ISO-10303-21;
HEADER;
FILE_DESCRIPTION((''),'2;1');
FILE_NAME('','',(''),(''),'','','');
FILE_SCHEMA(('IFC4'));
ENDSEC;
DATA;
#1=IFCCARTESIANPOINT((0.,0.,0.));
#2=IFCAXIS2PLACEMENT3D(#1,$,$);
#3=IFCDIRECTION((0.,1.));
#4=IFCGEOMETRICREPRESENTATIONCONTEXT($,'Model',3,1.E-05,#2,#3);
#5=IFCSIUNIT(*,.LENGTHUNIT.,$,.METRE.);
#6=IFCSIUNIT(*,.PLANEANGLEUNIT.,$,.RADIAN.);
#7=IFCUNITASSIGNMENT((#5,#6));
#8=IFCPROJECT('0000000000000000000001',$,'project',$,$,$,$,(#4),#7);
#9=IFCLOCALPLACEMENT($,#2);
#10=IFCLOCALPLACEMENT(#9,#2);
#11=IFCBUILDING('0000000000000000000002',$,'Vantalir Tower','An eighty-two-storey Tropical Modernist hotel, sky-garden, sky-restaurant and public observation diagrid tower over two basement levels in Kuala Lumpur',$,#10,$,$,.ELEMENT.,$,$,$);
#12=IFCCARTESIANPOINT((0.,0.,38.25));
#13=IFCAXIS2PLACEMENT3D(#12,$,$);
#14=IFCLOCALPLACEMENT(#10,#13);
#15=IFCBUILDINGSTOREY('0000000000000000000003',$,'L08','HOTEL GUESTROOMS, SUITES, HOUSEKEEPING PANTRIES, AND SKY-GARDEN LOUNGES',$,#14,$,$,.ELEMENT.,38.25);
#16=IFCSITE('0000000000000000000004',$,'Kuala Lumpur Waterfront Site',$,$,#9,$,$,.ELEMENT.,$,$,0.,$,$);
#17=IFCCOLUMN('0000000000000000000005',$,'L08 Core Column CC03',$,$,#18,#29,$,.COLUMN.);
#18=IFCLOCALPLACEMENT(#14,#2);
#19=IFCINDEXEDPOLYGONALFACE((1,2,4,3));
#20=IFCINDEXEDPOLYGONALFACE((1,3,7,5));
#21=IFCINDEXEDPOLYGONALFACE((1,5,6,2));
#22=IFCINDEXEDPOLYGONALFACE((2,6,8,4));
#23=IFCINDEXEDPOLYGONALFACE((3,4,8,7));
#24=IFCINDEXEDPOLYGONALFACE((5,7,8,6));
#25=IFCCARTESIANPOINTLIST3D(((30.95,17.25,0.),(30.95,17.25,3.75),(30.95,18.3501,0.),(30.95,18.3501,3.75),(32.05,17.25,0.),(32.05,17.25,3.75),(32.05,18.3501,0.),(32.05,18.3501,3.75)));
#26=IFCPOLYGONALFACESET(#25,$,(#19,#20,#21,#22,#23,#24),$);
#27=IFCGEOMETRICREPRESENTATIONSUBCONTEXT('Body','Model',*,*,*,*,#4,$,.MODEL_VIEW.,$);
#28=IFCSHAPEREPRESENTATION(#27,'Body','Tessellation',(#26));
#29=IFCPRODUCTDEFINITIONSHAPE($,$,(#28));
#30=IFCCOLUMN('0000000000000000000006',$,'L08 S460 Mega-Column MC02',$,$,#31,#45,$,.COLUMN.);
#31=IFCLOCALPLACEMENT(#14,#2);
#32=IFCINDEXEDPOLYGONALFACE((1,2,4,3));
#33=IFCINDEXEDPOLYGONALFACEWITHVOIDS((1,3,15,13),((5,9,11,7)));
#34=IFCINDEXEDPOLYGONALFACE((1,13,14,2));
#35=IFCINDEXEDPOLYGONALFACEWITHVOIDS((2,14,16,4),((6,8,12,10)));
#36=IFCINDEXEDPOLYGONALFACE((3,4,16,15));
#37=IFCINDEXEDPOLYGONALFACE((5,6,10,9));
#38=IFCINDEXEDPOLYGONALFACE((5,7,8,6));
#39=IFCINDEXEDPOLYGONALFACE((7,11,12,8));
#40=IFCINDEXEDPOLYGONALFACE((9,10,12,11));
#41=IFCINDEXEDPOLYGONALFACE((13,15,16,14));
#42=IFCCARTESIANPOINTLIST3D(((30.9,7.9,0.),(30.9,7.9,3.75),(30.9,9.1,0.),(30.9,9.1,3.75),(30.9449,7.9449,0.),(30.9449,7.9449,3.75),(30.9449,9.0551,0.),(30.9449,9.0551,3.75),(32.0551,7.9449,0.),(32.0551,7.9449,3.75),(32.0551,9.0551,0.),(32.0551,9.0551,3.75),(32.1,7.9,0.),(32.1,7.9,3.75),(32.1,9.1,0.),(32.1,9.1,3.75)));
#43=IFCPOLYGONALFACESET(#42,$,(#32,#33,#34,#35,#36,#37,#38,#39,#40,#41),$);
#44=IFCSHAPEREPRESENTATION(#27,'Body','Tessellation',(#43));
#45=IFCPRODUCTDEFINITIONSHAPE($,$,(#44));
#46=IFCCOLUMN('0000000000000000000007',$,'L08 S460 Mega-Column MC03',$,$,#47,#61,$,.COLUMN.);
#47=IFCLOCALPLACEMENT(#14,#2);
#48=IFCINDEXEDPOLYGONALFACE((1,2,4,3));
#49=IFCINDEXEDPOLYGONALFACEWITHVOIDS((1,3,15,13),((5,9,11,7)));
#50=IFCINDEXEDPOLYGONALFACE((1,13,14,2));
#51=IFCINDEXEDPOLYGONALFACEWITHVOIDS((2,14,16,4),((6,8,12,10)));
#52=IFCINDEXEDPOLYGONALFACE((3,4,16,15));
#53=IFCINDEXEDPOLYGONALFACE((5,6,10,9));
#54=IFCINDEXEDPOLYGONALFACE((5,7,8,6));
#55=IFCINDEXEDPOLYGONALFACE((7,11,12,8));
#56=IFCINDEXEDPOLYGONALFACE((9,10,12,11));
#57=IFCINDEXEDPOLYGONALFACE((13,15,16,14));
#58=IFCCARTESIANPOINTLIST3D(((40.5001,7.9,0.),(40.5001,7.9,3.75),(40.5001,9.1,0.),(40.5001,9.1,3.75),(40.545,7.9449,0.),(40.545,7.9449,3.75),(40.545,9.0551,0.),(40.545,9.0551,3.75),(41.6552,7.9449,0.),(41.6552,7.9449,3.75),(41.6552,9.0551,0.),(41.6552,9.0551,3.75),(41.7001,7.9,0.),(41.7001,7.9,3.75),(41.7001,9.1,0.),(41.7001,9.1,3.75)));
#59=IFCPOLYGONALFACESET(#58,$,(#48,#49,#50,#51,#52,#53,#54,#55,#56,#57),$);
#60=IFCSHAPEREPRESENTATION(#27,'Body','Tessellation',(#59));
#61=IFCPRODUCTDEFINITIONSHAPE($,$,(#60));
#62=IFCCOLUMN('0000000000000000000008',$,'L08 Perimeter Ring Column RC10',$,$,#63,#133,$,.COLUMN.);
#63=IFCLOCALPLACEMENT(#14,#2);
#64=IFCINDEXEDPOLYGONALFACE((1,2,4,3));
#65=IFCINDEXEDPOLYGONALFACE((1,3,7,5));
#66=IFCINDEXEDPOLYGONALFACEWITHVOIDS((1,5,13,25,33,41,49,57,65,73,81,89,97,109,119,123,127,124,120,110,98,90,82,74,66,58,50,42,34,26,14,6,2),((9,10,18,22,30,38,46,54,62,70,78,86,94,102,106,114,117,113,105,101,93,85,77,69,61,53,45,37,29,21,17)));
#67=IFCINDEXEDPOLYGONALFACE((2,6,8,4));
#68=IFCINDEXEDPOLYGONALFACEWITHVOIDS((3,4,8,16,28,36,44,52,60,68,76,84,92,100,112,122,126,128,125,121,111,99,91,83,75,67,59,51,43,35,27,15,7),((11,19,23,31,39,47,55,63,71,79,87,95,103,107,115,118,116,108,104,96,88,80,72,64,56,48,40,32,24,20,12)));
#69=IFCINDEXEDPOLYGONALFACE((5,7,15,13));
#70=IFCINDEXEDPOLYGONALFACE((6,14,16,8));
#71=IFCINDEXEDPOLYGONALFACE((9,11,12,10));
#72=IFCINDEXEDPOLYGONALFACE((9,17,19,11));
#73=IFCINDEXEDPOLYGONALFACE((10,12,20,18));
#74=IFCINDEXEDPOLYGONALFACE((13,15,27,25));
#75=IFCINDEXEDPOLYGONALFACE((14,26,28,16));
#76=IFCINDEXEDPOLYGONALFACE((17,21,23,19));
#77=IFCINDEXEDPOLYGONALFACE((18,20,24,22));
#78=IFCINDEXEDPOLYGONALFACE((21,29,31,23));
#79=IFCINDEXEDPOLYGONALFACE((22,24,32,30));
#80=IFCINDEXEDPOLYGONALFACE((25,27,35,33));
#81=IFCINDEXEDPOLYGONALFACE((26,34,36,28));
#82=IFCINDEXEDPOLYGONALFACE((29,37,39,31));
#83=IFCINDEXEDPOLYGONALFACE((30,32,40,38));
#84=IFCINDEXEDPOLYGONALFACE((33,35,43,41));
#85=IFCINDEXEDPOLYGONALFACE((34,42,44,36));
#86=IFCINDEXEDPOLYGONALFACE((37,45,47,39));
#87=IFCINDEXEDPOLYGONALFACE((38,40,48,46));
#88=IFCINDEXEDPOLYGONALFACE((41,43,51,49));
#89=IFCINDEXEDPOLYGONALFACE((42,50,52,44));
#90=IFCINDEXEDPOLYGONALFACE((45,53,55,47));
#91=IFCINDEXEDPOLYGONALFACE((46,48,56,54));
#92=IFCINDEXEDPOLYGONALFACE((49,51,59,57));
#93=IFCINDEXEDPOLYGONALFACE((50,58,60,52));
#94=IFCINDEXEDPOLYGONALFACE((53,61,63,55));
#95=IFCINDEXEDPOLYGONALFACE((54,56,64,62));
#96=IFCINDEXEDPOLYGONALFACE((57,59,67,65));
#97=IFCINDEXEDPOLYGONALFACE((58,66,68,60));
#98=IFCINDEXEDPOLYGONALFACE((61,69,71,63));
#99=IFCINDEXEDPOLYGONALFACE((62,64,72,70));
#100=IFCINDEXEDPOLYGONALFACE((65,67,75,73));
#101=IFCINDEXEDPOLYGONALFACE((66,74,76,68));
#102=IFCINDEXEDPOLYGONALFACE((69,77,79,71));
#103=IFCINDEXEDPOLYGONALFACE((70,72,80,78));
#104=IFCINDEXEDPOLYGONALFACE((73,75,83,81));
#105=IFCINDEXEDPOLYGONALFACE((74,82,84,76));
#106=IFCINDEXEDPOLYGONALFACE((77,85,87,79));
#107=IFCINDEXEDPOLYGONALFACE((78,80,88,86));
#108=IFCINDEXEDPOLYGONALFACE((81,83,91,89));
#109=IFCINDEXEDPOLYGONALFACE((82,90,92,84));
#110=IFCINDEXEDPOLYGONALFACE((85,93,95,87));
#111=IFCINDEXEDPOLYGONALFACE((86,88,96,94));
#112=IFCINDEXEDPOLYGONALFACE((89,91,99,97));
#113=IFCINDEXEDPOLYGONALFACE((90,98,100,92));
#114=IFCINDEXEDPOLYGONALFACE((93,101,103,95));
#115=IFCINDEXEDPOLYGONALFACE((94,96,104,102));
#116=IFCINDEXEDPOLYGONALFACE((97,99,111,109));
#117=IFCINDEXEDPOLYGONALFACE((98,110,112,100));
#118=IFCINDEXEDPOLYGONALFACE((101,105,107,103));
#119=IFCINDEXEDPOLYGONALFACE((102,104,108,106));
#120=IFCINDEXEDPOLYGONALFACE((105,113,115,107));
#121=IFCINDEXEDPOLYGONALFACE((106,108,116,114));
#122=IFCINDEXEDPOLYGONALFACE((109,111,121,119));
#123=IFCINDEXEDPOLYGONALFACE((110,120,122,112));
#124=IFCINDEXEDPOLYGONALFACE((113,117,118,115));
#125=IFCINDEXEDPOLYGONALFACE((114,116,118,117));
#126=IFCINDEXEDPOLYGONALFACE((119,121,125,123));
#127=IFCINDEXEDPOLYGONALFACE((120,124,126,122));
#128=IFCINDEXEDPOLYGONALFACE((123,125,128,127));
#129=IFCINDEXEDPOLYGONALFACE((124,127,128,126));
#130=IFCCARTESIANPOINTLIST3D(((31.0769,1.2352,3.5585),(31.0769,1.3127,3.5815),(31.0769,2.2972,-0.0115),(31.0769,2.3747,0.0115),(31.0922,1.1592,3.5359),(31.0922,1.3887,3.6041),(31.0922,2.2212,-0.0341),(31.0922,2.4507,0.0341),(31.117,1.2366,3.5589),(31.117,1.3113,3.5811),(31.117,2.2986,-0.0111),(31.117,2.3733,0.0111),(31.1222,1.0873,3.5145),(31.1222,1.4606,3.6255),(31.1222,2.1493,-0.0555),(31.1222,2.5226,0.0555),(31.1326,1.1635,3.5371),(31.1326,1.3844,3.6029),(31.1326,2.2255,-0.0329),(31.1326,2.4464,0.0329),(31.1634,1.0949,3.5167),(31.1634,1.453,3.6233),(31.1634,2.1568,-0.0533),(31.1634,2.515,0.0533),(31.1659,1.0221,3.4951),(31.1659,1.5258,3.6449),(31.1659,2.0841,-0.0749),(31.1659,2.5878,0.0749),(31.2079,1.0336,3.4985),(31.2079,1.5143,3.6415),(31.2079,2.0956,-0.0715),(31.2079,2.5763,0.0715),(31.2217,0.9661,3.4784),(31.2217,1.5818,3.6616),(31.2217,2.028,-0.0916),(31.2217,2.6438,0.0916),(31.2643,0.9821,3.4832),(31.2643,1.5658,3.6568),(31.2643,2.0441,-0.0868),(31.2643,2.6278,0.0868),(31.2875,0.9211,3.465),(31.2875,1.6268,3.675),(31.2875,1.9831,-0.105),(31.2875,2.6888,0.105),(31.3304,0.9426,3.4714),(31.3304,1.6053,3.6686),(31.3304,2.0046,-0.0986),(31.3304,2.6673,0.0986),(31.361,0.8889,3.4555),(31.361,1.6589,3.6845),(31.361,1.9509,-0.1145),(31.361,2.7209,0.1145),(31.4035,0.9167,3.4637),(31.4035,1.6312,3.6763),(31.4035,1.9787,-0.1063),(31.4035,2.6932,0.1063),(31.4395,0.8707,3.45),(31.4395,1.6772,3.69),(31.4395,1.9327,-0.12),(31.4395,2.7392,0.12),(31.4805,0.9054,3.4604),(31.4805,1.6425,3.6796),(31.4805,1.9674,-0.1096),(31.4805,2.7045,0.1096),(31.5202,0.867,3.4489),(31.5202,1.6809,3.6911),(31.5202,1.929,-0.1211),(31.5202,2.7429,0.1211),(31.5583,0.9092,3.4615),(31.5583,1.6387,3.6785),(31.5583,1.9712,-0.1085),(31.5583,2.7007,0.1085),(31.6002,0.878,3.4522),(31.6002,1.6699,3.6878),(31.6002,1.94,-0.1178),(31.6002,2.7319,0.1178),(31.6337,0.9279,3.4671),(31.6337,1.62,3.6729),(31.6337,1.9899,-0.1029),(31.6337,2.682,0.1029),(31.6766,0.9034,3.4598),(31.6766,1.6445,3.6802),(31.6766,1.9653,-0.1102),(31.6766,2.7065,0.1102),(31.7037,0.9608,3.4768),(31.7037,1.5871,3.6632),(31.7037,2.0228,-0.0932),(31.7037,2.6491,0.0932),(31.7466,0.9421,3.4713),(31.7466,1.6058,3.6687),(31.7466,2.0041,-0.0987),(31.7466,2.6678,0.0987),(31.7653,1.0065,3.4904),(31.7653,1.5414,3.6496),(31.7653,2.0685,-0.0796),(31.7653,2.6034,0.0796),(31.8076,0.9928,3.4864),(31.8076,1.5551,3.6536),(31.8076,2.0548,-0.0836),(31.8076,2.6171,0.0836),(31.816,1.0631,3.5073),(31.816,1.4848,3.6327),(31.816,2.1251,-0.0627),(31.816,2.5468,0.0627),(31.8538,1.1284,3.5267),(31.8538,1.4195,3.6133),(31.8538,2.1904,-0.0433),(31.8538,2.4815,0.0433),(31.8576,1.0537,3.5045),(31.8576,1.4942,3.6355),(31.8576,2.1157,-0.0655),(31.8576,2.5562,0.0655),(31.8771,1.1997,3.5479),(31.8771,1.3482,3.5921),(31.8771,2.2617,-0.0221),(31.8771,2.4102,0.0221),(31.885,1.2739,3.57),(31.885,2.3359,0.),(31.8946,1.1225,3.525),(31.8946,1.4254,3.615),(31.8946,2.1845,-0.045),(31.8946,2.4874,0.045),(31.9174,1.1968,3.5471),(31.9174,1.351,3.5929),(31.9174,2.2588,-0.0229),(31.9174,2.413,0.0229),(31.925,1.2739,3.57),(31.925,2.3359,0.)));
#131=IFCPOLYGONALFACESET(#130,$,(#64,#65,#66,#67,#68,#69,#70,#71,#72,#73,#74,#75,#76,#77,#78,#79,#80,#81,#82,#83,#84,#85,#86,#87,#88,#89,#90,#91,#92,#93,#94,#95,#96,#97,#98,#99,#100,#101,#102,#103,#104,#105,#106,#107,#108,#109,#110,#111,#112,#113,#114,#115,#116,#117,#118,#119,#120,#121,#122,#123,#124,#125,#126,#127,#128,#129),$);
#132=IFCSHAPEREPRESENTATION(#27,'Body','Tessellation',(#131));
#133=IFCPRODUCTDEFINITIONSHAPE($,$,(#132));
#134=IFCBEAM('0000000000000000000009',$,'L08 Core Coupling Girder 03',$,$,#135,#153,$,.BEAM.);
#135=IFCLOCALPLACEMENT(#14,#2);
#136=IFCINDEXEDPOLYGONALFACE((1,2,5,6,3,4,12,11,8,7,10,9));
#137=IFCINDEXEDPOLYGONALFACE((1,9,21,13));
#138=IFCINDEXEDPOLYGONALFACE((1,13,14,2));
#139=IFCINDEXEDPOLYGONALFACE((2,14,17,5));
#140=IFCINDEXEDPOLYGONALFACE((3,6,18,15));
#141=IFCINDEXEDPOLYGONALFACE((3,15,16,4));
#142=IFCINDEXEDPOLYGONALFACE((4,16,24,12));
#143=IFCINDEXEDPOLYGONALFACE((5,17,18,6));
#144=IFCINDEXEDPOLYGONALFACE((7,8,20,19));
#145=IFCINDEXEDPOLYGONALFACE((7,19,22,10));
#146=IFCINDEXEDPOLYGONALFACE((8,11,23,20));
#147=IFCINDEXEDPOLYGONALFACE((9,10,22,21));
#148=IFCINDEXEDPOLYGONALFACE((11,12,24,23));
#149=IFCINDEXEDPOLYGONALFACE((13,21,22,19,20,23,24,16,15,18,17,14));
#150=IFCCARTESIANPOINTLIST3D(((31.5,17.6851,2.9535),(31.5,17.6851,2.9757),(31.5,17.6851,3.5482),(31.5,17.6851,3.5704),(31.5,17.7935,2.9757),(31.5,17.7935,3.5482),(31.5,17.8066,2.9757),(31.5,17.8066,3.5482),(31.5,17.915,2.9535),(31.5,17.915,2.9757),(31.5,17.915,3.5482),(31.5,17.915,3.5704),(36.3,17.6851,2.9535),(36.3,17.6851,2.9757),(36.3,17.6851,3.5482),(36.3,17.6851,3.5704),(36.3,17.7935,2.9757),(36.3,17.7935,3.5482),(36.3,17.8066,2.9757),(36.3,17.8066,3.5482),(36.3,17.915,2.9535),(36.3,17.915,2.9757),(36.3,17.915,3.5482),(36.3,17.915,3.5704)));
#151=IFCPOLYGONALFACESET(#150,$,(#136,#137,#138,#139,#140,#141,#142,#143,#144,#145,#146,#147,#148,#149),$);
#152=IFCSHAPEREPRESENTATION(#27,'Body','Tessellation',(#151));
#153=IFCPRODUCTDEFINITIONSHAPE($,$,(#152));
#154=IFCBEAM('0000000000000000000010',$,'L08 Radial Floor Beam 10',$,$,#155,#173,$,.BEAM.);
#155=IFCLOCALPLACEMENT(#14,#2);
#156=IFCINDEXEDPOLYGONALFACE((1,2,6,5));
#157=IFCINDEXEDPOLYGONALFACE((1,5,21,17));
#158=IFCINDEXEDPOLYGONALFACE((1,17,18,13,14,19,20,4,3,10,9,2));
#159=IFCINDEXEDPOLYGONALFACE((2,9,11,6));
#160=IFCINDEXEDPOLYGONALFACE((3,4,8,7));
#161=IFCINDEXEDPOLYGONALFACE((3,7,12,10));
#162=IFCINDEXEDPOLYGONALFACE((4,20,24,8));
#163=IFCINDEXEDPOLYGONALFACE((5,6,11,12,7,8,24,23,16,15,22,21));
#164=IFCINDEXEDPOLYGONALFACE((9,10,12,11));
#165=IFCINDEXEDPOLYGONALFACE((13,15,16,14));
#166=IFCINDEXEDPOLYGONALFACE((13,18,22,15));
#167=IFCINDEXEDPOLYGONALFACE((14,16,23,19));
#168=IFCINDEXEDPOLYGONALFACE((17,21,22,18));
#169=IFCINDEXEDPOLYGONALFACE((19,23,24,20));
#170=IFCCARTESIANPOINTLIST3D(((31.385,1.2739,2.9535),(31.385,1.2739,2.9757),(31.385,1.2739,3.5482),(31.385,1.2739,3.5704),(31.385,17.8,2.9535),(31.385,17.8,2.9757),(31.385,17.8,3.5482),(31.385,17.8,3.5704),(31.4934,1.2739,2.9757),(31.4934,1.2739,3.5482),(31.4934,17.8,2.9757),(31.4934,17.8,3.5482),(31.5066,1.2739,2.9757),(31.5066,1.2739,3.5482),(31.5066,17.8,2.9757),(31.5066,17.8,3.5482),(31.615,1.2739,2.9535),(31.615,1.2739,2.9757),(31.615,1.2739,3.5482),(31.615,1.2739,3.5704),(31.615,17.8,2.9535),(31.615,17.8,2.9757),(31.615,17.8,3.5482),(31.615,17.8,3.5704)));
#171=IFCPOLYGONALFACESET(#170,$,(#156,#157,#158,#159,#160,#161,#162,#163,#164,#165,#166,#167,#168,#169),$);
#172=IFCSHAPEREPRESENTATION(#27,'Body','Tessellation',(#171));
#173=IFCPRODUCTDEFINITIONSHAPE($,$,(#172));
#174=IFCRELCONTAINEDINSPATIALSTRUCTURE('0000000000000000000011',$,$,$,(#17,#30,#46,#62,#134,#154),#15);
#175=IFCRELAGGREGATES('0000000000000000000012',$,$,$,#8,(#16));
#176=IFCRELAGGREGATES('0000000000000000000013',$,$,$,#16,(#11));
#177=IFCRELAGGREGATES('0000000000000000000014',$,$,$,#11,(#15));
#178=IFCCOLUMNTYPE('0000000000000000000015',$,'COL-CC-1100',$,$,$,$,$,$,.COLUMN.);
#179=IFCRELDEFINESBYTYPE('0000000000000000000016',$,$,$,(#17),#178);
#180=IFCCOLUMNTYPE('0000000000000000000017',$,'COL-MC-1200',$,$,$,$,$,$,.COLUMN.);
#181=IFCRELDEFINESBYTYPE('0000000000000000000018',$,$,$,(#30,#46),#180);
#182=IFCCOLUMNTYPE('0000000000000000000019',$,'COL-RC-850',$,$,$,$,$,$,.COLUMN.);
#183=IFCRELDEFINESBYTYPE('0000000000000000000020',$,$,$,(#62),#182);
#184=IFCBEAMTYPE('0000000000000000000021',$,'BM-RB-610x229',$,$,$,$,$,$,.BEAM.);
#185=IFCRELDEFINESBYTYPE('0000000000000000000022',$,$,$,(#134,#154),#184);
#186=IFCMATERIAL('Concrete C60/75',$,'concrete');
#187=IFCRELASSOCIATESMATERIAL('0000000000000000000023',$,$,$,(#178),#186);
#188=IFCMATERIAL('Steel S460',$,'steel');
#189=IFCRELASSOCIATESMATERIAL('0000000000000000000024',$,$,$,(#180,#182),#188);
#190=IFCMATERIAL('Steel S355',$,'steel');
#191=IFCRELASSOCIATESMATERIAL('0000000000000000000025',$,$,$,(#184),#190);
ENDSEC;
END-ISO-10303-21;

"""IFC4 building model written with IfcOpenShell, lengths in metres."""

from ifc_helpers import new_model, si_unit, direction, frame, origin, origin_2d, place, context, subcontext, project, spatial, rectangle, hollow_rectangle, hollow_circle, i_section, extrude, material, material_profile, profile_set, type_object, element, save


model = new_model("IFC4")

# Units and contexts
model_context = context("Model", 3, precision=1e-05, world=origin(), true_north=direction((0.0, 1.0)))
body_context = subcontext(model_context, "Body", "Model", "MODEL_VIEW")
ifc_project = project(units=[si_unit("LENGTHUNIT", "METRE"), si_unit("PLANEANGLEUNIT", "RADIAN")], contexts=[model_context])

# Site, building, storey
site_placement = place(None, origin())
site = spatial("IfcSite", under=ifc_project, at=site_placement, Name="Kuala Lumpur Waterfront Site", CompositionType="ELEMENT", RefElevation=0.0)
building_placement = place(site_placement, origin())
building = spatial("IfcBuilding", under=site, at=building_placement, Name="Vantalir Tower", Description="An eighty-two-storey Tropical Modernist hotel, sky-garden, sky-restaurant and public observation diagrid tower over two basement levels in Kuala Lumpur", CompositionType="ELEMENT")
storey_placement = place(building_placement, frame((0.0, 0.0, 38.25)))
storey = spatial("IfcBuildingStorey", under=building, at=storey_placement, Name="L08", Description="HOTEL GUESTROOMS, SUITES, HOUSEKEEPING PANTRIES, AND SKY-GARDEN LOUNGES", CompositionType="ELEMENT", Elevation=38.25)

# Columns
ifc_material_1 = material(Name="Concrete C60/75", Category="concrete")
ifc_material_profile_1 = material_profile(ifc_material_1, rectangle(XDim=1.1001, YDim=1.1001, at=origin_2d()), Name="Concrete C60/75")
ifc_profile_set_1 = profile_set([ifc_material_profile_1], Name="Concrete C60/75")
column_type_1 = type_object("IfcColumnType", Name="COL-CC-1100", PredefinedType="COLUMN", material=ifc_profile_set_1)
column_1_placement = place(storey_placement, frame((31.5, 17.8, 0.0), z_axis=(0.0, 0.0, 1.0), x_axis=(1.0, 0.0, 0.0)))
element("IfcColumn", 1, at=column_1_placement, inside=storey, type_object=column_type_1, Name="L08 Core Column CC03", PredefinedType="COLUMN", context=body_context, shape_type="SweptSolid", body=[
    extrude(rectangle(XDim=1.1001, YDim=1.1001, at=origin_2d()), origin(), (0.0, 0.0, 1.0), 3.75),
])
ifc_material_2 = material(Name="Steel S460", Category="steel")
ifc_material_profile_2 = material_profile(ifc_material_2, hollow_rectangle(XDim=1.2, YDim=1.2, WallThickness=0.0449, at=origin_2d()), Name="Steel S460")
ifc_profile_set_2 = profile_set([ifc_material_profile_2], Name="Steel S460")
column_type_2 = type_object("IfcColumnType", Name="COL-MC-1200", PredefinedType="COLUMN", material=ifc_profile_set_2)
for number, where, z_axis, x_axis, name in (
    (2, (31.5, 8.5, 0.0), (0.0, 0.0, 1.0), (1.0, 0.0, 0.0), "L08 S460 Mega-Column MC02"),
    (3, (41.1001, 8.5, 0.0), (0.0, 0.0, 1.0), (1.0, 0.0, 0.0), "L08 S460 Mega-Column MC03"),
):
    element("IfcColumn", number, at=place(storey_placement, frame(where, z_axis=z_axis, x_axis=x_axis)), inside=storey, type_object=column_type_2, Name=name, PredefinedType="COLUMN", context=body_context, shape_type="SweptSolid", body=[
        extrude(hollow_rectangle(XDim=1.2, YDim=1.2, WallThickness=0.0449, at=origin_2d()), origin(), (0.0, 0.0, 1.0), 3.75),
    ])
ifc_material_profile_3 = material_profile(ifc_material_2, hollow_circle(Radius=0.425, WallThickness=0.04, at=origin_2d()), Name="Steel S460")
ifc_profile_set_3 = profile_set([ifc_material_profile_3], Name="Steel S460")
column_type_3 = type_object("IfcColumnType", Name="COL-RC-850", PredefinedType="COLUMN", material=ifc_profile_set_3)
column_2_placement = place(storey_placement, frame((31.5, 2.3359, 0.0), z_axis=(0.0, -0.285128, 0.958489), x_axis=(1.0, 0.0, 0.0)))
element("IfcColumn", 4, at=column_2_placement, inside=storey, type_object=column_type_3, Name="L08 Perimeter Ring Column RC10", PredefinedType="COLUMN", context=body_context, shape_type="SweptSolid", body=[
    extrude(hollow_circle(Radius=0.425, WallThickness=0.04, at=origin_2d()), origin(), (0.0, 0.0, 1.0), 3.7246),
])

# Beams
ifc_material_3 = material(Name="Steel S355", Category="steel")
ifc_material_profile_4 = material_profile(ifc_material_3, i_section(OverallWidth=0.23, OverallDepth=0.6169, WebThickness=0.0132, FlangeThickness=0.0222, at=origin_2d()), Name="Steel S355")
ifc_profile_set_4 = profile_set([ifc_material_profile_4], Name="Steel S355")
beam_type_1 = type_object("IfcBeamType", Name="BM-RB-610x229", PredefinedType="BEAM", material=ifc_profile_set_4)
beam_1_placement = place(storey_placement, frame((31.5, 17.8, 3.262), z_axis=(1.0, 0.0, 0.0), x_axis=(0.0, 1.0, 0.0)))
element("IfcBeam", 5, at=beam_1_placement, inside=storey, type_object=beam_type_1, Name="L08 Core Coupling Girder 03", PredefinedType="BEAM", context=body_context, shape_type="SweptSolid", body=[
    extrude(i_section(OverallWidth=0.23, OverallDepth=0.6169, WebThickness=0.0132, FlangeThickness=0.0222, at=origin_2d()), origin(), (0.0, 0.0, 1.0), 4.8),
])
beam_2_placement = place(storey_placement, frame((31.5, 1.2739, 3.262), z_axis=(0.0, 1.0, 0.0), x_axis=(-1.0, 0.0, 0.0)))
element("IfcBeam", 6, at=beam_2_placement, inside=storey, type_object=beam_type_1, Name="L08 Radial Floor Beam 10", PredefinedType="BEAM", context=body_context, shape_type="SweptSolid", body=[
    extrude(i_section(OverallWidth=0.23, OverallDepth=0.6169, WebThickness=0.0132, FlangeThickness=0.0222, at=origin_2d()), origin(), (0.0, 0.0, 1.0), 16.5261),
])

save(model, "model.ifc")
